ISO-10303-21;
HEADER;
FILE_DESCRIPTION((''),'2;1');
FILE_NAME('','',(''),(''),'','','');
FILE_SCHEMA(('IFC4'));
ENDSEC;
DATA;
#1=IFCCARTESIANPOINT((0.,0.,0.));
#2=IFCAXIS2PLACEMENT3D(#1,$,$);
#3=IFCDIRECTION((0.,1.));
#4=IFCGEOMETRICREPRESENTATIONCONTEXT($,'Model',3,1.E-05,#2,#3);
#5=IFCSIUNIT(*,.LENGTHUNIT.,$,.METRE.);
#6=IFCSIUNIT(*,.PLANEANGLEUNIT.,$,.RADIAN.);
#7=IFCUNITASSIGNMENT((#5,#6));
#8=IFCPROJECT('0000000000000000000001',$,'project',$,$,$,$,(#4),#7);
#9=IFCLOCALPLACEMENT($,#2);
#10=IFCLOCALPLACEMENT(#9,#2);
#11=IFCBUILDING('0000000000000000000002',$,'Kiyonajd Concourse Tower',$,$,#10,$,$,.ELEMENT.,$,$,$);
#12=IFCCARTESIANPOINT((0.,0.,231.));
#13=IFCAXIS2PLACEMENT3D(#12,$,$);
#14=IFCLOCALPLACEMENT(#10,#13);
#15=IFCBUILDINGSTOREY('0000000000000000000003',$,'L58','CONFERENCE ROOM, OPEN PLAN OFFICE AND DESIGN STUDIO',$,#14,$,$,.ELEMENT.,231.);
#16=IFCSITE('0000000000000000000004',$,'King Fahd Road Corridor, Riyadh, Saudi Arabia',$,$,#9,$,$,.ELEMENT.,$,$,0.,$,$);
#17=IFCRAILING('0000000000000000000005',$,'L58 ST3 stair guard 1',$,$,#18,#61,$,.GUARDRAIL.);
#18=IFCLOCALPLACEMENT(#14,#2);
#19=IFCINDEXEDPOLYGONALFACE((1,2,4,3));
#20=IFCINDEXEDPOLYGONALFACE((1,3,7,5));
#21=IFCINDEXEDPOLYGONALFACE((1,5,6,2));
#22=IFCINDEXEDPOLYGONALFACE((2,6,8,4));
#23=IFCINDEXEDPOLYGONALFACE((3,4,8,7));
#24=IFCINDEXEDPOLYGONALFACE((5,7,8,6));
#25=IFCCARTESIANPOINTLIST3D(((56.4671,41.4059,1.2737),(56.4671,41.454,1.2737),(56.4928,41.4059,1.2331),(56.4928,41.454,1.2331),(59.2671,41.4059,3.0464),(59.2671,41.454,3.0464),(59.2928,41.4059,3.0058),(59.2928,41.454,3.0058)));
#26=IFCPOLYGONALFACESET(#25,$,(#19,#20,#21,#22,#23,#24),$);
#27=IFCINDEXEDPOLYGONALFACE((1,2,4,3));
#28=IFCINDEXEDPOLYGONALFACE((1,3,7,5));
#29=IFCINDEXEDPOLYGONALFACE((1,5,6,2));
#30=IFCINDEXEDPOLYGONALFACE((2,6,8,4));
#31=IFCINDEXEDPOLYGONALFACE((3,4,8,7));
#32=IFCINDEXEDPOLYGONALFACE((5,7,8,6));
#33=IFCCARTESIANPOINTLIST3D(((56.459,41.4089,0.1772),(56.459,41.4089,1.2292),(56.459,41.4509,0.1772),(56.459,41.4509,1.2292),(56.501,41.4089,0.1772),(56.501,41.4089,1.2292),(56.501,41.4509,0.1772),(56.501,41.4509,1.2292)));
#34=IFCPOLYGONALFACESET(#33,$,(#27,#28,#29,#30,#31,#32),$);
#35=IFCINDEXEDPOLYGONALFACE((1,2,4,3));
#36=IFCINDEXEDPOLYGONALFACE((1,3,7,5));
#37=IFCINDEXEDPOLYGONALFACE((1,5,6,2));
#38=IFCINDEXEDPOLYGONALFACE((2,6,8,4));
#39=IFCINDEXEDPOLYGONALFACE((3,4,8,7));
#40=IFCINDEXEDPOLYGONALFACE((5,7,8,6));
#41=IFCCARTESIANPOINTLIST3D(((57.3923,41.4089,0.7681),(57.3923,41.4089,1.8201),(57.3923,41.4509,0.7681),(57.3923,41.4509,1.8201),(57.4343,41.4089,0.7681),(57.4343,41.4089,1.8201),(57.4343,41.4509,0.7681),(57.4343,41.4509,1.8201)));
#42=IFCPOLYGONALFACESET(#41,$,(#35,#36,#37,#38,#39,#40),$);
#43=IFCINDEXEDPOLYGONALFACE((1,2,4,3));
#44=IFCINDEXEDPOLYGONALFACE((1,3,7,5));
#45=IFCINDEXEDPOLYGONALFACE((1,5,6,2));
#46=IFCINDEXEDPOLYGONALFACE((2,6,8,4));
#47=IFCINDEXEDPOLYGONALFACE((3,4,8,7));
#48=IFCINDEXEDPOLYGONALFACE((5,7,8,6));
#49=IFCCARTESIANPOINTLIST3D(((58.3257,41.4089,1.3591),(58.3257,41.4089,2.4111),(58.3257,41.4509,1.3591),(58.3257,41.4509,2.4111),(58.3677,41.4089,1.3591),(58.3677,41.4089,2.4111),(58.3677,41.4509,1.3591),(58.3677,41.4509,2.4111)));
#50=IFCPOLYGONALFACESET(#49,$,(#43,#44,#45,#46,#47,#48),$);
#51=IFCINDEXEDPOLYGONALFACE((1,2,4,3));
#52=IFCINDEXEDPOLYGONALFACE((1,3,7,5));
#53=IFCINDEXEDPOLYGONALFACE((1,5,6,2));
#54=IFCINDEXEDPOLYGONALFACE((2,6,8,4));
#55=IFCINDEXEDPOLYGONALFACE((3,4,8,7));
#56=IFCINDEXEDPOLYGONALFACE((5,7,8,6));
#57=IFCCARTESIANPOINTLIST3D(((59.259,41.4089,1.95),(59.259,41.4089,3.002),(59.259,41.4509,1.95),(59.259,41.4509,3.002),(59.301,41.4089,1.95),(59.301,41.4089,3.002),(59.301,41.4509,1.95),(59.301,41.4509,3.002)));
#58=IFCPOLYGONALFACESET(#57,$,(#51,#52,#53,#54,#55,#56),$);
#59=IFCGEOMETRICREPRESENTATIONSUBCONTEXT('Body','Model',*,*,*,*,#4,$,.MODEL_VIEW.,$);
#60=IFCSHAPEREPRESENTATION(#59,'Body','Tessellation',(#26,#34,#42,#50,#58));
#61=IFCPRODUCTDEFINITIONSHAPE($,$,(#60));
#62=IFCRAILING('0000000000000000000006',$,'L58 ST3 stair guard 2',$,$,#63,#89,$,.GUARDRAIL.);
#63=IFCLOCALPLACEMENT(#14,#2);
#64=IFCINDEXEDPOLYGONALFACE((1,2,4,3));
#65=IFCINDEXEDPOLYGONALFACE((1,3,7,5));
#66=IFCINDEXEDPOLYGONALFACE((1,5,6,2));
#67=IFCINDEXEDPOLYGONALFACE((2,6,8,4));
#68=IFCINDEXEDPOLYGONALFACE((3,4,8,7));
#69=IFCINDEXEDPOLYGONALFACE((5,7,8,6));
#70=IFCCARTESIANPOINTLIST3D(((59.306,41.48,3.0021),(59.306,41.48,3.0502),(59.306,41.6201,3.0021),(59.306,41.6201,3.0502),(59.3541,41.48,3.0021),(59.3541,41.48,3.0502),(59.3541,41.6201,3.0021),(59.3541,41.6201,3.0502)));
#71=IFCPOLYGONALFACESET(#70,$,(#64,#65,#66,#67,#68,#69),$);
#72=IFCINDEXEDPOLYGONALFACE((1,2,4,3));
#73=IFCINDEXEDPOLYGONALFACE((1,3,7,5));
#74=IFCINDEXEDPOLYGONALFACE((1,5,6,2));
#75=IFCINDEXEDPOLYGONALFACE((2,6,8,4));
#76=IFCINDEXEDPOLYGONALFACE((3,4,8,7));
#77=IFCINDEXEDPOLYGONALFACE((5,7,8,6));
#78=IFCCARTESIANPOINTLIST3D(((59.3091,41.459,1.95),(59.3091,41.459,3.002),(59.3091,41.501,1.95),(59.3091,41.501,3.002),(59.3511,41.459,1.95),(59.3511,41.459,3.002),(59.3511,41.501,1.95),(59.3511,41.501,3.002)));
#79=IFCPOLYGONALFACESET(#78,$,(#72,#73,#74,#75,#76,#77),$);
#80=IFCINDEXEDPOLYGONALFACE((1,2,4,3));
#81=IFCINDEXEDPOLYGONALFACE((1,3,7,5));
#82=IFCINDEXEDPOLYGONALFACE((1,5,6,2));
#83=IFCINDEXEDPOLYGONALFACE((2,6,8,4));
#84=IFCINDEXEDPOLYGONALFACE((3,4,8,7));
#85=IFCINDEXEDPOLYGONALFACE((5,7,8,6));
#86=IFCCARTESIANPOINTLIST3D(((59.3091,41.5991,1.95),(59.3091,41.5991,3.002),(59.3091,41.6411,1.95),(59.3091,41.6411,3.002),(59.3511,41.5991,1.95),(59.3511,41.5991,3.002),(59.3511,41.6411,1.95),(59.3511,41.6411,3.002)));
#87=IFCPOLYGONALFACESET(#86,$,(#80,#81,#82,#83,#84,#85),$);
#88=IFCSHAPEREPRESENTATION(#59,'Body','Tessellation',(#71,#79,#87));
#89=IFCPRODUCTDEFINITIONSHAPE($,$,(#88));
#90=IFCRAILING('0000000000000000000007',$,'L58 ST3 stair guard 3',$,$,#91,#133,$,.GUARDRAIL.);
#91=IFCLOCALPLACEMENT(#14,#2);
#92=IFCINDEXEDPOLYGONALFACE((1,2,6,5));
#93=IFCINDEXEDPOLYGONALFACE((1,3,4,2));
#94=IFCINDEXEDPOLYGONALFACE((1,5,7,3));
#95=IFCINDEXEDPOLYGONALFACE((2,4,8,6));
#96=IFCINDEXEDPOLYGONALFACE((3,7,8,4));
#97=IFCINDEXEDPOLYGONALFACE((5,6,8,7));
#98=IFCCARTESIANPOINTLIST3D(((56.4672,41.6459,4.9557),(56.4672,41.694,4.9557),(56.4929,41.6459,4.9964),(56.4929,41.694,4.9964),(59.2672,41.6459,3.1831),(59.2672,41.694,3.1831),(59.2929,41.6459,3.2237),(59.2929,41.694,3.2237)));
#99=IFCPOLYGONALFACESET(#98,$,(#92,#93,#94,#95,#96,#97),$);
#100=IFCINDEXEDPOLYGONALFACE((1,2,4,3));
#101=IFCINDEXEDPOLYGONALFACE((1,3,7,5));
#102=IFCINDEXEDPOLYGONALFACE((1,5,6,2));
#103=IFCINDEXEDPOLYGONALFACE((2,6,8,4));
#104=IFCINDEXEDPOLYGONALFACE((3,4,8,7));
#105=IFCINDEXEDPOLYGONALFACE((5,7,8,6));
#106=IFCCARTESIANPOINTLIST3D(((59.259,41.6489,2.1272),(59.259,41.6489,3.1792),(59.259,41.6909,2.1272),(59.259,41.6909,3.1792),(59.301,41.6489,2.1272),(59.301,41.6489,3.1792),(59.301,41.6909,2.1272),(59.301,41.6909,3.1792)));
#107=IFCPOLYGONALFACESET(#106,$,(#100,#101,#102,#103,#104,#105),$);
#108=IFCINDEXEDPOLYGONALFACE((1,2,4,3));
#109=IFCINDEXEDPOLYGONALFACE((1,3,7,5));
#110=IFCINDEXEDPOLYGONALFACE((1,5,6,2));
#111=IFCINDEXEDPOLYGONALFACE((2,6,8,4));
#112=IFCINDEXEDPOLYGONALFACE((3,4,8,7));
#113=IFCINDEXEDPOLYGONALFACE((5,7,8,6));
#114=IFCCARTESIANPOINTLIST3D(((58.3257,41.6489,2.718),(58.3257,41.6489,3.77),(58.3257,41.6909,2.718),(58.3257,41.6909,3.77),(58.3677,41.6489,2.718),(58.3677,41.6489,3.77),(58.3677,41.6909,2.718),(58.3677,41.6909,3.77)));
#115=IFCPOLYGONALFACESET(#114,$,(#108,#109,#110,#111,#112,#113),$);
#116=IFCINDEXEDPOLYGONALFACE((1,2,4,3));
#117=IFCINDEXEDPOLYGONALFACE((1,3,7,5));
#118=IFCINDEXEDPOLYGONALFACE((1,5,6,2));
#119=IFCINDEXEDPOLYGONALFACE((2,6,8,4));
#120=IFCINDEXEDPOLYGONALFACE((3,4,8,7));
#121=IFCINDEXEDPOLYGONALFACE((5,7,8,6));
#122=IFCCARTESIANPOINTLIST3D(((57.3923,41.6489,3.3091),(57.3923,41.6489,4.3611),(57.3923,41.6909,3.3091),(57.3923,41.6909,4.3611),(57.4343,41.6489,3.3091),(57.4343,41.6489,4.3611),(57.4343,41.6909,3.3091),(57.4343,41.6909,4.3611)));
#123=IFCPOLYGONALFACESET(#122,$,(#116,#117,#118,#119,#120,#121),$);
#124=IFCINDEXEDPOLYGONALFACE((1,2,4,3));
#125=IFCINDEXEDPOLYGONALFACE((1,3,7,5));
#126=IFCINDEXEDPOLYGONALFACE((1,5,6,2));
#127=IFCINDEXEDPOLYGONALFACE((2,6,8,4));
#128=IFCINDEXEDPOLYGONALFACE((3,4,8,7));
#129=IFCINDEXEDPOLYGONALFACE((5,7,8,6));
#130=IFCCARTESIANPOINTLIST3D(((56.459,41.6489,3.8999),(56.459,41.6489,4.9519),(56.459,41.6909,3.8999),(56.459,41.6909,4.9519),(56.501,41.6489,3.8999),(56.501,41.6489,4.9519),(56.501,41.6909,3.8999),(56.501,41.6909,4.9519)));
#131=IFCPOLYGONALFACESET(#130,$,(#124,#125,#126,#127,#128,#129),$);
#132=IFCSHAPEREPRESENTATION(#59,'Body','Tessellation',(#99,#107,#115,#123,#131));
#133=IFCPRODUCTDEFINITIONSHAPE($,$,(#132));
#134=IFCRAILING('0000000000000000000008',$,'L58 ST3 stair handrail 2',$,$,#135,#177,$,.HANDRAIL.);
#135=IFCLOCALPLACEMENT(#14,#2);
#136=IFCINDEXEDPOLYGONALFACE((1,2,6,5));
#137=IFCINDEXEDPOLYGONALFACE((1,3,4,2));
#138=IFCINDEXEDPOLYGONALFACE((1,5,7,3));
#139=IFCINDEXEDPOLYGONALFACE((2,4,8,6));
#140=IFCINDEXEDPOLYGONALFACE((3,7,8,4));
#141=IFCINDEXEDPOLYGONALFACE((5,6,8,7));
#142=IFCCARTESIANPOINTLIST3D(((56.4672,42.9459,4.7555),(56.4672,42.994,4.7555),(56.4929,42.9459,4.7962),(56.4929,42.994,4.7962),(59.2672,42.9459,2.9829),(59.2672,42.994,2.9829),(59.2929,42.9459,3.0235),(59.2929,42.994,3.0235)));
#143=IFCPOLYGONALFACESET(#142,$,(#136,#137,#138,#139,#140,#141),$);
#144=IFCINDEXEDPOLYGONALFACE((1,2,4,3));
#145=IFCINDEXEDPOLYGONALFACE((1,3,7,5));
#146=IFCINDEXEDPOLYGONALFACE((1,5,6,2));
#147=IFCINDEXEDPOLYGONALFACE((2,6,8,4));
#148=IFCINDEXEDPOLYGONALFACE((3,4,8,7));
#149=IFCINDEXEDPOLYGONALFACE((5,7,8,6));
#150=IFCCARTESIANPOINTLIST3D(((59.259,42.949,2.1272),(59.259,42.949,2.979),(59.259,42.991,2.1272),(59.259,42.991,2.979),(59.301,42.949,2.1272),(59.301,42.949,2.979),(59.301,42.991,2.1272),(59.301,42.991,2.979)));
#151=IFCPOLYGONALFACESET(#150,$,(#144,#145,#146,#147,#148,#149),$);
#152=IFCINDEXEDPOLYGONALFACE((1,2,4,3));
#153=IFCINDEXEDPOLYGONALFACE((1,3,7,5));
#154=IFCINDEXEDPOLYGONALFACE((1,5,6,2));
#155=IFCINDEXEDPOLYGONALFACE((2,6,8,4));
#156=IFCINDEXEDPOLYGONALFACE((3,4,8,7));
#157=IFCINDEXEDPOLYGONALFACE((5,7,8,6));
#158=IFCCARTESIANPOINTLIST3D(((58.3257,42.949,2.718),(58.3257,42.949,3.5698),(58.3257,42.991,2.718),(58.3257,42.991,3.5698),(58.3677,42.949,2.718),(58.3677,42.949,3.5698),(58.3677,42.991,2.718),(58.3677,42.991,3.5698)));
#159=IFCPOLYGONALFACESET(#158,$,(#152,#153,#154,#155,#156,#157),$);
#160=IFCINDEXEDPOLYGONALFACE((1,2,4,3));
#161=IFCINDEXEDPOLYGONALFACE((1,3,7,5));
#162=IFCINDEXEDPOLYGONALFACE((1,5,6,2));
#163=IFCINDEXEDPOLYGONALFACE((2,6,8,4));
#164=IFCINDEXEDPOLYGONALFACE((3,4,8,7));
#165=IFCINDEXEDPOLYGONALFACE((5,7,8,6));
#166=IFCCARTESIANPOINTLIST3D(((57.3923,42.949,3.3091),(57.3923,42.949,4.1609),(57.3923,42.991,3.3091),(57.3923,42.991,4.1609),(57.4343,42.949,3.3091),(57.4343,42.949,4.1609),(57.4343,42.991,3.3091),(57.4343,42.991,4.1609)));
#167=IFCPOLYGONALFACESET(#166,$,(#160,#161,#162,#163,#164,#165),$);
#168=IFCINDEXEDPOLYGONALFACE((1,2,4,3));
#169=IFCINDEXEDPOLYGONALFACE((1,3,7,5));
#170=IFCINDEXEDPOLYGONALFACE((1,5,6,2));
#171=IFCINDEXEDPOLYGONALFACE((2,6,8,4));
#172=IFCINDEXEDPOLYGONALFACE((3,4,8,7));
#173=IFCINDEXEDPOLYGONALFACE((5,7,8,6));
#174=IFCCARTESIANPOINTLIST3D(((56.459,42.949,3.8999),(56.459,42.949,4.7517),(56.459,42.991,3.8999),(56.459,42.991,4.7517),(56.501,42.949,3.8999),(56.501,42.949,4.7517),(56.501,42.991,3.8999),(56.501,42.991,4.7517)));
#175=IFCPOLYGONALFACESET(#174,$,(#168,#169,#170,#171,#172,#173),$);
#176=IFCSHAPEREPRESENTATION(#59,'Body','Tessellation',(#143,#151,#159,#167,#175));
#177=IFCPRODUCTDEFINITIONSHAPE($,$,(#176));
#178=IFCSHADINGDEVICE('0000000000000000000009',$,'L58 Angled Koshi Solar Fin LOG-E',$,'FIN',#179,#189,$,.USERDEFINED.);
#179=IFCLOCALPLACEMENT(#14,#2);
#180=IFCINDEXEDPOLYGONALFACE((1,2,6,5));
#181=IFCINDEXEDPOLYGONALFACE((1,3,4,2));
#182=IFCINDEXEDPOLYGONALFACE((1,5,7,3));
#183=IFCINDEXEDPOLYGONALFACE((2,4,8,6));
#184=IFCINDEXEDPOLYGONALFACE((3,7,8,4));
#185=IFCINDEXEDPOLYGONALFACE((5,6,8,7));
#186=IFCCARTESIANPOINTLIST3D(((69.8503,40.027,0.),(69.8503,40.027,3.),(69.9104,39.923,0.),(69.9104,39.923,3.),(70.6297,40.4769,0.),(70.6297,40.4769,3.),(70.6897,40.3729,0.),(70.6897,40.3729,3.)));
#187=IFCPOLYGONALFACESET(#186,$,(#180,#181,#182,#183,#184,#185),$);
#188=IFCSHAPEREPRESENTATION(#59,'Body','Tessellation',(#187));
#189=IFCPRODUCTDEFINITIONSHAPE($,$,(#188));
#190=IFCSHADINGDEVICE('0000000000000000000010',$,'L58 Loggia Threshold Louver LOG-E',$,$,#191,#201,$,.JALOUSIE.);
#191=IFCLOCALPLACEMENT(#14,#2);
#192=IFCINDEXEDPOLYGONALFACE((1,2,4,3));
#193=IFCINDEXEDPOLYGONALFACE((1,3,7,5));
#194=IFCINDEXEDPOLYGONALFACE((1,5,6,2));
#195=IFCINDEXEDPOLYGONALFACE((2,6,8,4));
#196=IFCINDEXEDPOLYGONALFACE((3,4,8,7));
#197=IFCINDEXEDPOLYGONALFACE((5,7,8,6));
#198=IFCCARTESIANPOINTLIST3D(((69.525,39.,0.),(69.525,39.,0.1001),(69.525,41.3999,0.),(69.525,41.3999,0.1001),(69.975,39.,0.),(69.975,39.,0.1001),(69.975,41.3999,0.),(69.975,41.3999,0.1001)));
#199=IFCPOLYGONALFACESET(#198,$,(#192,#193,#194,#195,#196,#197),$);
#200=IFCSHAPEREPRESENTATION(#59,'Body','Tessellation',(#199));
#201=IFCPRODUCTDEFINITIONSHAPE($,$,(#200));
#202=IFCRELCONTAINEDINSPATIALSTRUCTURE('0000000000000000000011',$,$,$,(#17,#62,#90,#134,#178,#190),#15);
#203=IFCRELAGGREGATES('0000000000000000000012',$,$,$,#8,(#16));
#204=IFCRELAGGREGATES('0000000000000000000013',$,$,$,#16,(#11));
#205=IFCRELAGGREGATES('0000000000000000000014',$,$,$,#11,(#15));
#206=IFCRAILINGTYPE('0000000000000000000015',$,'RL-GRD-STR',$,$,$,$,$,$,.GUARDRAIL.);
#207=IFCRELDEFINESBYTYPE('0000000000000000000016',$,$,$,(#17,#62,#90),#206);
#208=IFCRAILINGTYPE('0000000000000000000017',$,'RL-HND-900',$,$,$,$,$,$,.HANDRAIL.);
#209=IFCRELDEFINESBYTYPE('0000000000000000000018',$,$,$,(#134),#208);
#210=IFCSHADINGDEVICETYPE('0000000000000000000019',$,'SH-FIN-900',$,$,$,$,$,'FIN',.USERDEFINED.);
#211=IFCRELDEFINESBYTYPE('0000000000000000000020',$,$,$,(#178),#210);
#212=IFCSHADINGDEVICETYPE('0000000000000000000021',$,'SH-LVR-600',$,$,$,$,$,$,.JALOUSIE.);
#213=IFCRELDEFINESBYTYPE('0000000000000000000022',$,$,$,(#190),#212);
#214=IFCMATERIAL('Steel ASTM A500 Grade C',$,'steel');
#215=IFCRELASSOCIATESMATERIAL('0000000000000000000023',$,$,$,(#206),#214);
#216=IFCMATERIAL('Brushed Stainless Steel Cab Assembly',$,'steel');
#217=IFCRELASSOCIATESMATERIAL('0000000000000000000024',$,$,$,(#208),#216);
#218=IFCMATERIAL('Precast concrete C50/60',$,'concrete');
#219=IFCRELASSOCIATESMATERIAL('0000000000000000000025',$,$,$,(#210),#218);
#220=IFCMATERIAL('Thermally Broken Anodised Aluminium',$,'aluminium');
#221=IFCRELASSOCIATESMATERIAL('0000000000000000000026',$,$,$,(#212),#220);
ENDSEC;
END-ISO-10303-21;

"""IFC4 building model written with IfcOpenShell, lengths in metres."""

from ifc_helpers import new_model, si_unit, direction, frame, origin, origin_2d, place, context, subcontext, project, spatial, rectangle, extrude, material, type_object, element, save


model = new_model("IFC4")

# Units and contexts
model_context = context("Model", 3, precision=1e-05, world=origin(), true_north=direction((0.0, 1.0)))
body_context = subcontext(model_context, "Body", "Model", "MODEL_VIEW")
ifc_project = project(units=[si_unit("LENGTHUNIT", "METRE"), si_unit("PLANEANGLEUNIT", "RADIAN")], contexts=[model_context])

# Site, building, storey
site_placement = place(None, origin())
site = spatial("IfcSite", under=ifc_project, at=site_placement, Name="King Fahd Road Corridor, Riyadh, Saudi Arabia", CompositionType="ELEMENT", RefElevation=0.0)
building_placement = place(site_placement, origin())
building = spatial("IfcBuilding", under=site, at=building_placement, Name="Kiyonajd Concourse Tower", CompositionType="ELEMENT")
storey_placement = place(building_placement, frame((0.0, 0.0, 231.0)))
storey = spatial("IfcBuildingStorey", under=building, at=storey_placement, Name="L58", Description="CONFERENCE ROOM, OPEN PLAN OFFICE AND DESIGN STUDIO", CompositionType="ELEMENT", Elevation=231.0)

# Shared definitions
ifc_material_1 = material(Name="Thermally Broken Anodised Aluminium", Category="aluminium")

# Shared definitions
ifc_material_2 = material(Name="Precast concrete C50/60", Category="concrete")

# Railings
ifc_material_3 = material(Name="Steel ASTM A500 Grade C", Category="steel")
railing_type_1 = type_object("IfcRailingType", Name="RL-GRD-STR", PredefinedType="GUARDRAIL", material=ifc_material_3)
railing_1_placement = place(storey_placement, frame((56.48, 41.4299, 0.1772)))
element("IfcRailing", 1, at=railing_1_placement, inside=storey, type_object=railing_type_1, Name="L58 ST3 stair guard 1", PredefinedType="GUARDRAIL", context=body_context, shape_type="SweptSolid", body=[
    extrude(rectangle(XDim=0.0481, YDim=0.0481, at=origin_2d()), frame((0.0, 0.0, 1.0762), z_axis=(0.844909, 0.0, 0.53491), x_axis=(0.0, 1.0, 0.0)), (0.0, 0.0, 1.0), 3.314),
    extrude(rectangle(XDim=0.042, YDim=0.042, at=origin_2d()), origin(), (0.0, 0.0, 1.0), 1.052),
    extrude(rectangle(XDim=0.042, YDim=0.042, at=origin_2d()), frame((0.9333, 0.0, 0.5908)), (0.0, 0.0, 1.0), 1.052),
    extrude(rectangle(XDim=0.042, YDim=0.042, at=origin_2d()), frame((1.8667, 0.0, 1.1819)), (0.0, 0.0, 1.0), 1.052),
    extrude(rectangle(XDim=0.042, YDim=0.042, at=origin_2d()), frame((2.8, 0.0, 1.7727)), (0.0, 0.0, 1.0), 1.052),
])
railing_2_placement = place(storey_placement, frame((59.3301, 41.48, 1.95)))
element("IfcRailing", 2, at=railing_2_placement, inside=storey, type_object=railing_type_1, Name="L58 ST3 stair guard 2", PredefinedType="GUARDRAIL", context=body_context, shape_type="SweptSolid", body=[
    extrude(rectangle(XDim=0.0481, YDim=0.0481, at=origin_2d()), frame((0.0, 0.0, 1.0762), z_axis=(0.0, 1.0, 0.0), x_axis=(-1.0, 0.0, 0.0)), (0.0, 0.0, 1.0), 0.1401),
    extrude(rectangle(XDim=0.042, YDim=0.042, at=origin_2d()), origin(), (0.0, 0.0, 1.0), 1.052),
    extrude(rectangle(XDim=0.042, YDim=0.042, at=origin_2d()), frame((0.0, 0.1401, 0.0)), (0.0, 0.0, 1.0), 1.052),
])
railing_3_placement = place(storey_placement, frame((59.28, 41.6699, 2.1272)))
element("IfcRailing", 3, at=railing_3_placement, inside=storey, type_object=railing_type_1, Name="L58 ST3 stair guard 3", PredefinedType="GUARDRAIL", context=body_context, shape_type="SweptSolid", body=[
    extrude(rectangle(XDim=0.0481, YDim=0.0481, at=origin_2d()), frame((0.0, 0.0, 1.0762), z_axis=(-0.844909, 0.0, 0.53491), x_axis=(0.0, -1.0, 0.0)), (0.0, 0.0, 1.0), 3.314),
    extrude(rectangle(XDim=0.042, YDim=0.042, at=origin_2d()), origin(), (0.0, 0.0, 1.0), 1.052),
    extrude(rectangle(XDim=0.042, YDim=0.042, at=origin_2d()), frame((-0.9333, 0.0, 0.5908)), (0.0, 0.0, 1.0), 1.052),
    extrude(rectangle(XDim=0.042, YDim=0.042, at=origin_2d()), frame((-1.8667, 0.0, 1.1819)), (0.0, 0.0, 1.0), 1.052),
    extrude(rectangle(XDim=0.042, YDim=0.042, at=origin_2d()), frame((-2.8, 0.0, 1.7727)), (0.0, 0.0, 1.0), 1.052),
])
ifc_material_4 = material(Name="Brushed Stainless Steel Cab Assembly", Category="steel")
railing_type_2 = type_object("IfcRailingType", Name="RL-HND-900", PredefinedType="HANDRAIL", material=ifc_material_4)
railing_4_placement = place(storey_placement, frame((59.28, 42.97, 2.1272)))
element("IfcRailing", 4, at=railing_4_placement, inside=storey, type_object=railing_type_2, Name="L58 ST3 stair handrail 2", PredefinedType="HANDRAIL", context=body_context, shape_type="SweptSolid", body=[
    extrude(rectangle(XDim=0.0481, YDim=0.0481, at=origin_2d()), frame((0.0, 0.0, 0.876), z_axis=(-0.844909, 0.0, 0.53491), x_axis=(0.0, -1.0, 0.0)), (0.0, 0.0, 1.0), 3.314),
    extrude(rectangle(XDim=0.042, YDim=0.042, at=origin_2d()), origin(), (0.0, 0.0, 1.0), 0.8518),
    extrude(rectangle(XDim=0.042, YDim=0.042, at=origin_2d()), frame((-0.9333, 0.0, 0.5908)), (0.0, 0.0, 1.0), 0.8518),
    extrude(rectangle(XDim=0.042, YDim=0.042, at=origin_2d()), frame((-1.8667, 0.0, 1.1819)), (0.0, 0.0, 1.0), 0.8518),
    extrude(rectangle(XDim=0.042, YDim=0.042, at=origin_2d()), frame((-2.8, 0.0, 1.7727)), (0.0, 0.0, 1.0), 0.8518),
])

# Shading devices
shading_device_type_1 = type_object("IfcShadingDeviceType", Name="SH-FIN-900", ElementType="FIN", PredefinedType="USERDEFINED", material=ifc_material_2)
shading_device_1_placement = place(storey_placement, frame((70.27, 40.2, 0.0), z_axis=(0.0, 0.0, 1.0), x_axis=(0.866025, 0.5, 0.0)))
element("IfcShadingDevice", 5, at=shading_device_1_placement, inside=storey, type_object=shading_device_type_1, Name="L58 Angled Koshi Solar Fin LOG-E", ObjectType="FIN", PredefinedType="USERDEFINED", context=body_context, shape_type="SweptSolid", body=[
    extrude(rectangle(XDim=0.8999, YDim=0.1201, at=origin_2d()), origin(), (0.0, 0.0, 1.0), 3.0),
])
shading_device_type_2 = type_object("IfcShadingDeviceType", Name="SH-LVR-600", PredefinedType="JALOUSIE", material=ifc_material_1)
shading_device_2_placement = place(storey_placement, frame((69.75, 40.2, 0.0), z_axis=(0.0, 0.0, 1.0), x_axis=(0.0, 1.0, 0.0)))
element("IfcShadingDevice", 6, at=shading_device_2_placement, inside=storey, type_object=shading_device_type_2, Name="L58 Loggia Threshold Louver LOG-E", PredefinedType="JALOUSIE", context=body_context, shape_type="SweptSolid", body=[
    extrude(rectangle(XDim=2.3999, YDim=0.45, at=origin_2d()), origin(), (0.0, 0.0, 1.0), 0.1001),
])

save(model, "model.ifc")
